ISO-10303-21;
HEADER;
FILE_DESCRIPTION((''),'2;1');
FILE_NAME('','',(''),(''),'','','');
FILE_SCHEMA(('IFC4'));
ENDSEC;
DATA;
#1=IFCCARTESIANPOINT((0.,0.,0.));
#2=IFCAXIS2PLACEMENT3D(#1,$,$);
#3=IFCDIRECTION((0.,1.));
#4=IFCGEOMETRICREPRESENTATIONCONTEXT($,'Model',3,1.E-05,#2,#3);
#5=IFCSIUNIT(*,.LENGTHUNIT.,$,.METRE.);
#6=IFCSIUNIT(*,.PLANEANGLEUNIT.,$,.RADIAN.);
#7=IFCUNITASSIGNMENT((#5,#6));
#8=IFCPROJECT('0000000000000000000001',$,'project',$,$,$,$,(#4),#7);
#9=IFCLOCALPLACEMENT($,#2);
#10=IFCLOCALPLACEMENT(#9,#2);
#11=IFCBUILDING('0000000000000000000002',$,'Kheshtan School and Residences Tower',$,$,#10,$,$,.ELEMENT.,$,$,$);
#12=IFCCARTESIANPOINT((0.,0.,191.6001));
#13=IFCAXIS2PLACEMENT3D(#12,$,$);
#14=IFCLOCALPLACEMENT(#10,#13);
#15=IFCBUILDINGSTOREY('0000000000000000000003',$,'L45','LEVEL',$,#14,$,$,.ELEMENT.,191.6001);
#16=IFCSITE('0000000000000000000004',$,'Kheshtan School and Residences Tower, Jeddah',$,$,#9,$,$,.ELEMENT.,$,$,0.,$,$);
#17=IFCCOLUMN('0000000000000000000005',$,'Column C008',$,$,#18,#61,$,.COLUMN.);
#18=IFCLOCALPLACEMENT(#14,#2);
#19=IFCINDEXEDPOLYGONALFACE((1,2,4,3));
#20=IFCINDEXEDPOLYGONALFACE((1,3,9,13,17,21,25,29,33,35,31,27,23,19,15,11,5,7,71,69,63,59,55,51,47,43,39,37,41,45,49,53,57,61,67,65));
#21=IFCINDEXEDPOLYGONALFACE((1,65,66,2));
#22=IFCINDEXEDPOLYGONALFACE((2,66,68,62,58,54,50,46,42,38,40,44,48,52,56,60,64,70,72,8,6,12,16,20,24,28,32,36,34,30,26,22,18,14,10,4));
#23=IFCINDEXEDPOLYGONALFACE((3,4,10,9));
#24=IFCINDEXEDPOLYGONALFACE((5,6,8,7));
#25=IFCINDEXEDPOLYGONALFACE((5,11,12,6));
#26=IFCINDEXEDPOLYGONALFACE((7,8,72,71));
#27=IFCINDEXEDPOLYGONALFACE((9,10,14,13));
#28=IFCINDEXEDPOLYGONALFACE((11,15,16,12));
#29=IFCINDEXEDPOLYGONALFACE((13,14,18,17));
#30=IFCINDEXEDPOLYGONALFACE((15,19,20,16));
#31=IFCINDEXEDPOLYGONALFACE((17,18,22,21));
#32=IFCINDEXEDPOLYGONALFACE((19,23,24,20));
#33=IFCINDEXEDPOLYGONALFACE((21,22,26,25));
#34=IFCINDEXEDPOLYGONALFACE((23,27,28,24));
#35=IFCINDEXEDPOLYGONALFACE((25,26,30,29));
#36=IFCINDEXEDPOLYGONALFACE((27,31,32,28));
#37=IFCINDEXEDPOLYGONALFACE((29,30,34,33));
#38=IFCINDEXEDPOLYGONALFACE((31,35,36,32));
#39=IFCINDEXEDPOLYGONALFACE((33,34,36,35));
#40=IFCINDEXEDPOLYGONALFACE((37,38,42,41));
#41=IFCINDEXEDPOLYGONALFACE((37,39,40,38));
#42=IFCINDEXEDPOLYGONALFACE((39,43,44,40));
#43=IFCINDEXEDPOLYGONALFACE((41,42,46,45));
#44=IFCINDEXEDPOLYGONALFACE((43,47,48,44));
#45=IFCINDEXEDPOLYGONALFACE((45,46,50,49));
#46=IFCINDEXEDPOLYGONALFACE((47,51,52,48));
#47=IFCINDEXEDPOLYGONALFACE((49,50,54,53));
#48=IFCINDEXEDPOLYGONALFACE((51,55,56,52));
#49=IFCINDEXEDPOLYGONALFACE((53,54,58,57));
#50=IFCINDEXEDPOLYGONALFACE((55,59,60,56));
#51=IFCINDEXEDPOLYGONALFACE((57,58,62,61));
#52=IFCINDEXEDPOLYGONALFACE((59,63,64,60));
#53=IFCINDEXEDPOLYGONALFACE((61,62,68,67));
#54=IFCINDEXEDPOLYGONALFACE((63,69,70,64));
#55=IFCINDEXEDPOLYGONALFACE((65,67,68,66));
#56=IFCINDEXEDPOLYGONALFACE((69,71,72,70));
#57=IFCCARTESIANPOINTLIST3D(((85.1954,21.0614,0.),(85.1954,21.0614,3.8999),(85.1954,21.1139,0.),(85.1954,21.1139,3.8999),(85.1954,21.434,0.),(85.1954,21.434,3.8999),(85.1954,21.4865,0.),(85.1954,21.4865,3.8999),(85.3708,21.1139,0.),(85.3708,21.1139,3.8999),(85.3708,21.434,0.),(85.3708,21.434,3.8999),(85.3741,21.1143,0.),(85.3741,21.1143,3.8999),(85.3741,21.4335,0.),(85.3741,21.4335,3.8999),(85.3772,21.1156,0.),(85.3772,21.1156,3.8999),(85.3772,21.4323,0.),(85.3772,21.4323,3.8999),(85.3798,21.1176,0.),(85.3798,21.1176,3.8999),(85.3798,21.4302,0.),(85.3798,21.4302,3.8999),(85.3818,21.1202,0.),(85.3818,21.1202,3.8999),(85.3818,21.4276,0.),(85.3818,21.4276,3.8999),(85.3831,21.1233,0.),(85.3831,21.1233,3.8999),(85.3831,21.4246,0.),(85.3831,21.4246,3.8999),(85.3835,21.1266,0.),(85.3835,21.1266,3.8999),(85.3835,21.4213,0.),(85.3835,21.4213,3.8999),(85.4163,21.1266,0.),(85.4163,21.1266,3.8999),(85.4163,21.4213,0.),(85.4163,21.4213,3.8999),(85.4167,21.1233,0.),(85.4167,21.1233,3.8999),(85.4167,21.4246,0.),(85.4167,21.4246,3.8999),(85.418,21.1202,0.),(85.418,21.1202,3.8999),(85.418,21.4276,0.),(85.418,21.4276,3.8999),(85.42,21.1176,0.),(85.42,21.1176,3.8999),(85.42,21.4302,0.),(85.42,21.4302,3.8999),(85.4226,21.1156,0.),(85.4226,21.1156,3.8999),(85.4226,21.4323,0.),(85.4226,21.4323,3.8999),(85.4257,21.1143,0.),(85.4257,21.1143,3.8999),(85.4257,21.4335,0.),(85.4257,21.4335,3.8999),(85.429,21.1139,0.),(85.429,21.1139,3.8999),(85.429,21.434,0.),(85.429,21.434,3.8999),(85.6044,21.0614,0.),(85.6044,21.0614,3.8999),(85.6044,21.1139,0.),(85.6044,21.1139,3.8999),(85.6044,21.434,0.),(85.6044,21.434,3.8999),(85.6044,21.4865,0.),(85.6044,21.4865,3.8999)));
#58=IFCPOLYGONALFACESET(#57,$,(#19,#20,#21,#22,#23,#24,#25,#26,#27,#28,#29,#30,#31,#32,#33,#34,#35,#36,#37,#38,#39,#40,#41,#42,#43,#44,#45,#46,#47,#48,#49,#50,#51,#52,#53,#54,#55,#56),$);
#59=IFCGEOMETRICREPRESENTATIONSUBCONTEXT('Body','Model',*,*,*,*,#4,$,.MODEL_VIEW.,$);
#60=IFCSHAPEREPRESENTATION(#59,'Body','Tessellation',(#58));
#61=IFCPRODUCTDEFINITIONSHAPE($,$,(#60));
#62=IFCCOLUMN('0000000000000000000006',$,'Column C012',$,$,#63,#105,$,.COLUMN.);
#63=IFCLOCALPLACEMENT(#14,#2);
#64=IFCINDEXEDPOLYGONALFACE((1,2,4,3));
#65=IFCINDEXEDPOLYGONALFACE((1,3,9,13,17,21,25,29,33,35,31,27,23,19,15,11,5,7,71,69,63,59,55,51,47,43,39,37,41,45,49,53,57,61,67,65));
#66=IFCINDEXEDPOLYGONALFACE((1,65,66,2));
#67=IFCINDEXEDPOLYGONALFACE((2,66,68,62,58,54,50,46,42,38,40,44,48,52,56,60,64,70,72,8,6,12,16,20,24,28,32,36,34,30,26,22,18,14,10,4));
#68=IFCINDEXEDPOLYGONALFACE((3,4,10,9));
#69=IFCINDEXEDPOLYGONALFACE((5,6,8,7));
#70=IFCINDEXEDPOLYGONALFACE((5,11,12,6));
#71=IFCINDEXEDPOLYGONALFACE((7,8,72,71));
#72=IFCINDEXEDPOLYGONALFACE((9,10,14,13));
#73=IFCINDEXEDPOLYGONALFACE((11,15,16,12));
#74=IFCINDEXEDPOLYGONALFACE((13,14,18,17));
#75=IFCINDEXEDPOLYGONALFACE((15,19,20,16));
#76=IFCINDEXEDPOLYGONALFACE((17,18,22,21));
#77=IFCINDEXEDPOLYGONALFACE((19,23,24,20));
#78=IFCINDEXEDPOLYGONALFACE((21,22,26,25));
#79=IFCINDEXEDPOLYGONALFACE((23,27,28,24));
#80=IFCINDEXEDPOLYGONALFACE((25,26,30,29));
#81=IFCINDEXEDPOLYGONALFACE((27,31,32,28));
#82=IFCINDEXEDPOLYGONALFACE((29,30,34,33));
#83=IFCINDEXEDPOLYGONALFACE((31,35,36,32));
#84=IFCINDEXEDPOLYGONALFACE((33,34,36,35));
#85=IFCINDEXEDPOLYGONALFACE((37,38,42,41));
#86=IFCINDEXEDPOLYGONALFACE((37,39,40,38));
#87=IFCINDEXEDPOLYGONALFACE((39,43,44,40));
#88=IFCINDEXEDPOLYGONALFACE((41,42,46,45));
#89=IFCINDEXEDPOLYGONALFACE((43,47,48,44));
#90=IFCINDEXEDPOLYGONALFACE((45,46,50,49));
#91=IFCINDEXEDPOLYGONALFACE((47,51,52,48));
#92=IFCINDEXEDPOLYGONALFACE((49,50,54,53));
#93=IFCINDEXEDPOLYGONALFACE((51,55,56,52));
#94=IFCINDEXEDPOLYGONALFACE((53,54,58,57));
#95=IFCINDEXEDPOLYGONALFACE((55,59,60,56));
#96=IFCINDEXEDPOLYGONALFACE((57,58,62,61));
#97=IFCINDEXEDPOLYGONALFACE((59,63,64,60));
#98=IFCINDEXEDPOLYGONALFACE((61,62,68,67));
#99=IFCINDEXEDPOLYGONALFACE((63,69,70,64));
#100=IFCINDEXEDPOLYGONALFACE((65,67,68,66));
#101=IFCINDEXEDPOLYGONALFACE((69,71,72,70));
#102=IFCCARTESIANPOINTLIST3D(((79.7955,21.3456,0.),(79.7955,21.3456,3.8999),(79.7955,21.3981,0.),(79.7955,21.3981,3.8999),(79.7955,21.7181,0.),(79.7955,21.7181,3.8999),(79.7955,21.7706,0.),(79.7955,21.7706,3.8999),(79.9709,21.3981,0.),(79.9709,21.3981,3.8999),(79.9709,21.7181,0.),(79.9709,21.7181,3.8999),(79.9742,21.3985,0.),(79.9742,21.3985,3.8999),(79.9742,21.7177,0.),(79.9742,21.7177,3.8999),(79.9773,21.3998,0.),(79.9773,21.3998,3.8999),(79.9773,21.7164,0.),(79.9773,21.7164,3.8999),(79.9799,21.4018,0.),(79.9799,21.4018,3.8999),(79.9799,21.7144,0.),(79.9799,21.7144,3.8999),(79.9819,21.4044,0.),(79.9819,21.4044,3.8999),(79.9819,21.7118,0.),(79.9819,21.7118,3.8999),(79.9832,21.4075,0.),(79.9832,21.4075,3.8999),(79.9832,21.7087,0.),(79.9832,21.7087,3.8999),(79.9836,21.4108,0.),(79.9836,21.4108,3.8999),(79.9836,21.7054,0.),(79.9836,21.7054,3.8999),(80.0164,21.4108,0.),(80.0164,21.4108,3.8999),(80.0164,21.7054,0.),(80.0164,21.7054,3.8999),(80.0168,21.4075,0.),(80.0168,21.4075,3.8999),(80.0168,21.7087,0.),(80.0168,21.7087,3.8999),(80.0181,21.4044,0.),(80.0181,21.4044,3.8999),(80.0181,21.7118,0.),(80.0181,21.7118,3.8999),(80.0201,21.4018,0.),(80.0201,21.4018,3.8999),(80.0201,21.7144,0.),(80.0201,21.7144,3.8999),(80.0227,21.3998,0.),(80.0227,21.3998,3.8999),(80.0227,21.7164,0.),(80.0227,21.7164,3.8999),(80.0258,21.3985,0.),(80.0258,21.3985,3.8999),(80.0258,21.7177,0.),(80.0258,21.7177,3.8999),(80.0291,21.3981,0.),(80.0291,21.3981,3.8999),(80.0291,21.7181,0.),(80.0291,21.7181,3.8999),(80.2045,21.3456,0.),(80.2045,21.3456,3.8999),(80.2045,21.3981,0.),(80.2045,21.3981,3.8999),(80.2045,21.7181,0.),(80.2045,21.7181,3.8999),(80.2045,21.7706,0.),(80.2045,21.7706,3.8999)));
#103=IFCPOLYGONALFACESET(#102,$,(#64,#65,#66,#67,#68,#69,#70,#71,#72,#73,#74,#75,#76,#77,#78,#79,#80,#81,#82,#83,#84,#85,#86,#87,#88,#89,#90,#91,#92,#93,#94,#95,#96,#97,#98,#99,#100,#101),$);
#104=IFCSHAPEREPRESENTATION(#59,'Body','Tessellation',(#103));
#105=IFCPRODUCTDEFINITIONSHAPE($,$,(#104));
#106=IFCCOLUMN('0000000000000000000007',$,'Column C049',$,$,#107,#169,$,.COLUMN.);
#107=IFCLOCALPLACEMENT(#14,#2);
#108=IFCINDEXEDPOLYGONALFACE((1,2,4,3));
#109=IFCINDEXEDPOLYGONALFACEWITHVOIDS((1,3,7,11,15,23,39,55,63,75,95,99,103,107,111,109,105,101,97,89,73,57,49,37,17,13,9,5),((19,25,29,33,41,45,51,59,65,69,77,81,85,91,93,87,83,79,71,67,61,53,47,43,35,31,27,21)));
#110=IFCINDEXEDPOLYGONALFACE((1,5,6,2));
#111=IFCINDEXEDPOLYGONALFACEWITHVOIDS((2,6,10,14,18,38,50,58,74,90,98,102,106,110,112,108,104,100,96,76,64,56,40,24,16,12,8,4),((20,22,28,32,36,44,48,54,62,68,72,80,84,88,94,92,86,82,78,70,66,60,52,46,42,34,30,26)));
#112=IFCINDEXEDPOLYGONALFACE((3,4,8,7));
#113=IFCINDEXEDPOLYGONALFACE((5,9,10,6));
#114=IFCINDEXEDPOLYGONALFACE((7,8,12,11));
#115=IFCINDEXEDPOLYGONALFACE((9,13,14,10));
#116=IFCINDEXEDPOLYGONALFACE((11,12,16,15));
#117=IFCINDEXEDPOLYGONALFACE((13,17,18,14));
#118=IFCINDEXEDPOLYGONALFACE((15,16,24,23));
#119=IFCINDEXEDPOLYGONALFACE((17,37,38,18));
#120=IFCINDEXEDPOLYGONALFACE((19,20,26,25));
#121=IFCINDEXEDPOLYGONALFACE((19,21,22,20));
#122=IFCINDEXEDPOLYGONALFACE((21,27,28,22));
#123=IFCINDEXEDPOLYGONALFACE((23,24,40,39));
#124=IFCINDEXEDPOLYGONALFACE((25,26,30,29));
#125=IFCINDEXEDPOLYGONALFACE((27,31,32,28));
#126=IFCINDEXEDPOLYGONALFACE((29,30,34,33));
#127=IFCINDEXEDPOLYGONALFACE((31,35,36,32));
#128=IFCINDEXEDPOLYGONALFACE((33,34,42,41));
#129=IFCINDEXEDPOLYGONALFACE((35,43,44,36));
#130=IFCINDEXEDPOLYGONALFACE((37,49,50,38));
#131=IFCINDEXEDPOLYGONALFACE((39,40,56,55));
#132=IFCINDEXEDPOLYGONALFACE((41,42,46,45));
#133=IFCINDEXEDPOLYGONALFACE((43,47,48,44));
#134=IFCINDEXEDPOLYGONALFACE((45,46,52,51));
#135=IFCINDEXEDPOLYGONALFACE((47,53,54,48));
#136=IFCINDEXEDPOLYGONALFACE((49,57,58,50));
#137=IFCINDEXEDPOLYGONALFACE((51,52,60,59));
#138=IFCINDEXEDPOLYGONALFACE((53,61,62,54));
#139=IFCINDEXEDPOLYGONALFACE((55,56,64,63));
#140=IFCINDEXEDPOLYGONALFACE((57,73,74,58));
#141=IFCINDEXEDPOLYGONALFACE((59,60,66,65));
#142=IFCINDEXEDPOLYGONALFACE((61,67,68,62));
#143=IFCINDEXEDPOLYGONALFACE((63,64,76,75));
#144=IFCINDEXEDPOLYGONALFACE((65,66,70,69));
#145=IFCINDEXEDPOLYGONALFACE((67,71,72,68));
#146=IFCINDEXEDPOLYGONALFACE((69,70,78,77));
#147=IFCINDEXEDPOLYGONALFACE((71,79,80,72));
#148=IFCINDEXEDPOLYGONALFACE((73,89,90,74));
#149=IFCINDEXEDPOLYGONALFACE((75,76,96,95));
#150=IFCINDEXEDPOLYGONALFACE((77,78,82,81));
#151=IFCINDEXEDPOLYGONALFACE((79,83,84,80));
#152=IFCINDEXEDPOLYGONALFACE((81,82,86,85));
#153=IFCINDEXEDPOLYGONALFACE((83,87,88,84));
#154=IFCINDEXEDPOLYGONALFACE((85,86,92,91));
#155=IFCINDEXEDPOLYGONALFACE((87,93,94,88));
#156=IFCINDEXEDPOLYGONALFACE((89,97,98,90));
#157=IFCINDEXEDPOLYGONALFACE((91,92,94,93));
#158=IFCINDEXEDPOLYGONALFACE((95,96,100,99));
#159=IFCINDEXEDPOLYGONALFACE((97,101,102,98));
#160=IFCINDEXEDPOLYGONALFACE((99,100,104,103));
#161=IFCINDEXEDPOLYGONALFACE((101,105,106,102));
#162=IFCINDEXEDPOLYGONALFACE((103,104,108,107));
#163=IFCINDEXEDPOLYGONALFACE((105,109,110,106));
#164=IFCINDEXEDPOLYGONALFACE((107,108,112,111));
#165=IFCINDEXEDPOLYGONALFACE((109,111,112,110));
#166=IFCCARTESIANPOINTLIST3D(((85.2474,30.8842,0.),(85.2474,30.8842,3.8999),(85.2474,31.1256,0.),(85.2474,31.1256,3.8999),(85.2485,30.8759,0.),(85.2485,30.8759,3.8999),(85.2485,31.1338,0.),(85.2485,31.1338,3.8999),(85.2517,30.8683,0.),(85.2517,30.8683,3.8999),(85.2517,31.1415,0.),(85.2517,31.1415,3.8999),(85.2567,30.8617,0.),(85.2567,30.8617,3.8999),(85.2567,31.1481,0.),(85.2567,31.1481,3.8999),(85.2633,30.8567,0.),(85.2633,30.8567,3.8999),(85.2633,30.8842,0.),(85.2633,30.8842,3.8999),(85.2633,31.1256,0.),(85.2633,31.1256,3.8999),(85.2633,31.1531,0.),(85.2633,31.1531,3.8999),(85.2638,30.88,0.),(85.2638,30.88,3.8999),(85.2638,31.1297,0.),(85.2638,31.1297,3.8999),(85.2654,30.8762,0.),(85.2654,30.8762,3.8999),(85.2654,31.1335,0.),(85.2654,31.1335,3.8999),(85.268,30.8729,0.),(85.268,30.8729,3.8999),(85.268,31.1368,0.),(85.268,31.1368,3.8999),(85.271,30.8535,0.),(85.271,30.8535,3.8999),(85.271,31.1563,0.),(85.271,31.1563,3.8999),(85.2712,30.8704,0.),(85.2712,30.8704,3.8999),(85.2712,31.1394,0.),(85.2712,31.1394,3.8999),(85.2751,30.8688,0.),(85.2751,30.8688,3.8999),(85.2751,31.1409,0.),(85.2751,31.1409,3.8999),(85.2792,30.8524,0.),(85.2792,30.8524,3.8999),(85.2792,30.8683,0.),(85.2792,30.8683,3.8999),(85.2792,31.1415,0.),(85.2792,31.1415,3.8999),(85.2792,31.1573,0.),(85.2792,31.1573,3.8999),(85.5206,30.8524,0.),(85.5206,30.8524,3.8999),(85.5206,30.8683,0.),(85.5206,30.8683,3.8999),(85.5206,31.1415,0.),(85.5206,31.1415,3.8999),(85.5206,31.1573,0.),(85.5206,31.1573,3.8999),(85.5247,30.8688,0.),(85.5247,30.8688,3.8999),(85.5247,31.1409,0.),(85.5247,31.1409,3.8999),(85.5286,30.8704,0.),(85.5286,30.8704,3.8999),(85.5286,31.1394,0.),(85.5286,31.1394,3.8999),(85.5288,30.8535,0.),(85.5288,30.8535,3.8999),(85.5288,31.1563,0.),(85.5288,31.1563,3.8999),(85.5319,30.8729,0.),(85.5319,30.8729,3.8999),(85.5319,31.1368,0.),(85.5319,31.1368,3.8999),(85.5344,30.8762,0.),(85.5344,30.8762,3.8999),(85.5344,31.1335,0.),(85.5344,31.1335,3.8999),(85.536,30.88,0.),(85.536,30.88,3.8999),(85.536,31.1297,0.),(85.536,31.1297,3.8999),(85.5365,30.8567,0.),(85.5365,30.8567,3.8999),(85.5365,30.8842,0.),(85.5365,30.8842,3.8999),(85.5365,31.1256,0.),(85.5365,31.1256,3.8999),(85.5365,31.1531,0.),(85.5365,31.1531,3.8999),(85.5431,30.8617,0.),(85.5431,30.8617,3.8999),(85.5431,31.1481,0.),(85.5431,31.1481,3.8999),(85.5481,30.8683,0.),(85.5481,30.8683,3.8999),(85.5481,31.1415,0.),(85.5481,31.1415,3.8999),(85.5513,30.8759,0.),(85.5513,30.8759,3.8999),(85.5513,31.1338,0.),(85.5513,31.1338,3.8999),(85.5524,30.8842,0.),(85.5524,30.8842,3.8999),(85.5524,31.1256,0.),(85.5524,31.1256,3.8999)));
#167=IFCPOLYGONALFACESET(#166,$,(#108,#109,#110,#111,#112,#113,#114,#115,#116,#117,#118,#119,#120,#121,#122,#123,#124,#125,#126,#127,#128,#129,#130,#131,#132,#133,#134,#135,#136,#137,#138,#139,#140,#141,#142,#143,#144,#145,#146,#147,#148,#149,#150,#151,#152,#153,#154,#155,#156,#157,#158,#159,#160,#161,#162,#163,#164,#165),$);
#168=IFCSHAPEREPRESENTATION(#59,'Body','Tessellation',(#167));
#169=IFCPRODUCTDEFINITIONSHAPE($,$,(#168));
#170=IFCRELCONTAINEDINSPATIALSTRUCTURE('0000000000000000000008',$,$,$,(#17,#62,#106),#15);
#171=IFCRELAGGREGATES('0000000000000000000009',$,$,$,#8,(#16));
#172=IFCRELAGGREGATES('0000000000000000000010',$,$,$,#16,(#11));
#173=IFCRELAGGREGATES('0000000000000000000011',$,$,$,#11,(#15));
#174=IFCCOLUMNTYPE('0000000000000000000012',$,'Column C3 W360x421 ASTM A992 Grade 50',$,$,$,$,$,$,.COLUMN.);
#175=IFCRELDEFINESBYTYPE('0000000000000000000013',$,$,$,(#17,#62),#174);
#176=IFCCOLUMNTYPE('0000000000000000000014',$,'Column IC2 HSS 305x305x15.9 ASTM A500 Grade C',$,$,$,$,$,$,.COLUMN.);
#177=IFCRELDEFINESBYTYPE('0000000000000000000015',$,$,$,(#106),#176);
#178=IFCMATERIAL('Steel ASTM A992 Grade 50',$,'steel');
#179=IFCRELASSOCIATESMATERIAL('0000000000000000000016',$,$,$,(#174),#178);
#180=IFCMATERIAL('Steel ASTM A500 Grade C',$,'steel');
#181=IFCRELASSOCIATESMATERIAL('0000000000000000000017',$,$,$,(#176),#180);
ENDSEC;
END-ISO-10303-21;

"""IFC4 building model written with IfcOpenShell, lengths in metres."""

from ifc_helpers import new_model, si_unit, direction, frame, origin, origin_2d, place, context, subcontext, project, spatial, hollow_rectangle, i_section, extrude, material, material_profile, profile_set, type_object, element, save


model = new_model("IFC4")

# Units and contexts
model_context = context("Model", 3, precision=1e-05, world=origin(), true_north=direction((0.0, 1.0)))
body_context = subcontext(model_context, "Body", "Model", "MODEL_VIEW")
ifc_project = project(units=[si_unit("LENGTHUNIT", "METRE"), si_unit("PLANEANGLEUNIT", "RADIAN")], contexts=[model_context])

# Site, building, storey
site_placement = place(None, origin())
site = spatial("IfcSite", under=ifc_project, at=site_placement, Name="Kheshtan School and Residences Tower, Jeddah", CompositionType="ELEMENT", RefElevation=0.0)
building_placement = place(site_placement, origin())
building = spatial("IfcBuilding", under=site, at=building_placement, Name="Kheshtan School and Residences Tower", CompositionType="ELEMENT")
storey_placement = place(building_placement, frame((0.0, 0.0, 191.6001)))
storey = spatial("IfcBuildingStorey", under=building, at=storey_placement, Name="L45", Description="LEVEL", CompositionType="ELEMENT", Elevation=191.6001)

# Columns
ifc_material_1 = material(Name="Steel ASTM A992 Grade 50", Category="steel")
ifc_material_profile_1 = material_profile(ifc_material_1, i_section(OverallWidth=0.4089, OverallDepth=0.425, WebThickness=0.0327, FlangeThickness=0.0525, FilletRadius=0.0127, at=origin_2d()), Name="W360x421")
ifc_profile_set_1 = profile_set([ifc_material_profile_1], Name="Steel ASTM A992 Grade 50")
column_type_1 = type_object("IfcColumnType", Name="Column C3 W360x421 ASTM A992 Grade 50", PredefinedType="COLUMN", material=ifc_profile_set_1)
for number, where, z_axis, x_axis, name in (
    (1, (85.3999, 21.2739, 0.0), (0.0, 0.0, 1.0), (1.0, 0.0, 0.0), "Column C008"),
    (2, (80.0, 21.5581, 0.0), (0.0, 0.0, 1.0), (1.0, 0.0, 0.0), "Column C012"),
):
    element("IfcColumn", number, at=place(storey_placement, frame(where, z_axis=z_axis, x_axis=x_axis)), inside=storey, type_object=column_type_1, Name=name, PredefinedType="COLUMN", context=body_context, shape_type="SweptSolid", body=[
        extrude(i_section(OverallWidth=0.4089, OverallDepth=0.425, WebThickness=0.0327, FlangeThickness=0.0525, FilletRadius=0.0127, at=origin_2d()), origin(), (0.0, 0.0, 1.0), 3.8999),
    ])
ifc_material_2 = material(Name="Steel ASTM A500 Grade C", Category="steel")
ifc_material_profile_2 = material_profile(ifc_material_2, hollow_rectangle(XDim=0.3049, YDim=0.3049, WallThickness=0.0159, InnerFilletRadius=0.0159, OuterFilletRadius=0.0317, at=origin_2d()), Name="HSS 305x305x15.9")
ifc_profile_set_2 = profile_set([ifc_material_profile_2], Name="Steel ASTM A500 Grade C")
column_type_2 = type_object("IfcColumnType", Name="Column IC2 HSS 305x305x15.9 ASTM A500 Grade C", PredefinedType="COLUMN", material=ifc_profile_set_2)
column_placement = place(storey_placement, frame((85.3999, 31.0049, 0.0), z_axis=(0.0, 0.0, 1.0), x_axis=(1.0, 0.0, 0.0)))
element("IfcColumn", 3, at=column_placement, inside=storey, type_object=column_type_2, Name="Column C049", PredefinedType="COLUMN", context=body_context, shape_type="SweptSolid", body=[
    extrude(hollow_rectangle(XDim=0.3049, YDim=0.3049, WallThickness=0.0159, InnerFilletRadius=0.0159, OuterFilletRadius=0.0317, at=origin_2d()), origin(), (0.0, 0.0, 1.0), 3.8999),
])

save(model, "model.ifc")
